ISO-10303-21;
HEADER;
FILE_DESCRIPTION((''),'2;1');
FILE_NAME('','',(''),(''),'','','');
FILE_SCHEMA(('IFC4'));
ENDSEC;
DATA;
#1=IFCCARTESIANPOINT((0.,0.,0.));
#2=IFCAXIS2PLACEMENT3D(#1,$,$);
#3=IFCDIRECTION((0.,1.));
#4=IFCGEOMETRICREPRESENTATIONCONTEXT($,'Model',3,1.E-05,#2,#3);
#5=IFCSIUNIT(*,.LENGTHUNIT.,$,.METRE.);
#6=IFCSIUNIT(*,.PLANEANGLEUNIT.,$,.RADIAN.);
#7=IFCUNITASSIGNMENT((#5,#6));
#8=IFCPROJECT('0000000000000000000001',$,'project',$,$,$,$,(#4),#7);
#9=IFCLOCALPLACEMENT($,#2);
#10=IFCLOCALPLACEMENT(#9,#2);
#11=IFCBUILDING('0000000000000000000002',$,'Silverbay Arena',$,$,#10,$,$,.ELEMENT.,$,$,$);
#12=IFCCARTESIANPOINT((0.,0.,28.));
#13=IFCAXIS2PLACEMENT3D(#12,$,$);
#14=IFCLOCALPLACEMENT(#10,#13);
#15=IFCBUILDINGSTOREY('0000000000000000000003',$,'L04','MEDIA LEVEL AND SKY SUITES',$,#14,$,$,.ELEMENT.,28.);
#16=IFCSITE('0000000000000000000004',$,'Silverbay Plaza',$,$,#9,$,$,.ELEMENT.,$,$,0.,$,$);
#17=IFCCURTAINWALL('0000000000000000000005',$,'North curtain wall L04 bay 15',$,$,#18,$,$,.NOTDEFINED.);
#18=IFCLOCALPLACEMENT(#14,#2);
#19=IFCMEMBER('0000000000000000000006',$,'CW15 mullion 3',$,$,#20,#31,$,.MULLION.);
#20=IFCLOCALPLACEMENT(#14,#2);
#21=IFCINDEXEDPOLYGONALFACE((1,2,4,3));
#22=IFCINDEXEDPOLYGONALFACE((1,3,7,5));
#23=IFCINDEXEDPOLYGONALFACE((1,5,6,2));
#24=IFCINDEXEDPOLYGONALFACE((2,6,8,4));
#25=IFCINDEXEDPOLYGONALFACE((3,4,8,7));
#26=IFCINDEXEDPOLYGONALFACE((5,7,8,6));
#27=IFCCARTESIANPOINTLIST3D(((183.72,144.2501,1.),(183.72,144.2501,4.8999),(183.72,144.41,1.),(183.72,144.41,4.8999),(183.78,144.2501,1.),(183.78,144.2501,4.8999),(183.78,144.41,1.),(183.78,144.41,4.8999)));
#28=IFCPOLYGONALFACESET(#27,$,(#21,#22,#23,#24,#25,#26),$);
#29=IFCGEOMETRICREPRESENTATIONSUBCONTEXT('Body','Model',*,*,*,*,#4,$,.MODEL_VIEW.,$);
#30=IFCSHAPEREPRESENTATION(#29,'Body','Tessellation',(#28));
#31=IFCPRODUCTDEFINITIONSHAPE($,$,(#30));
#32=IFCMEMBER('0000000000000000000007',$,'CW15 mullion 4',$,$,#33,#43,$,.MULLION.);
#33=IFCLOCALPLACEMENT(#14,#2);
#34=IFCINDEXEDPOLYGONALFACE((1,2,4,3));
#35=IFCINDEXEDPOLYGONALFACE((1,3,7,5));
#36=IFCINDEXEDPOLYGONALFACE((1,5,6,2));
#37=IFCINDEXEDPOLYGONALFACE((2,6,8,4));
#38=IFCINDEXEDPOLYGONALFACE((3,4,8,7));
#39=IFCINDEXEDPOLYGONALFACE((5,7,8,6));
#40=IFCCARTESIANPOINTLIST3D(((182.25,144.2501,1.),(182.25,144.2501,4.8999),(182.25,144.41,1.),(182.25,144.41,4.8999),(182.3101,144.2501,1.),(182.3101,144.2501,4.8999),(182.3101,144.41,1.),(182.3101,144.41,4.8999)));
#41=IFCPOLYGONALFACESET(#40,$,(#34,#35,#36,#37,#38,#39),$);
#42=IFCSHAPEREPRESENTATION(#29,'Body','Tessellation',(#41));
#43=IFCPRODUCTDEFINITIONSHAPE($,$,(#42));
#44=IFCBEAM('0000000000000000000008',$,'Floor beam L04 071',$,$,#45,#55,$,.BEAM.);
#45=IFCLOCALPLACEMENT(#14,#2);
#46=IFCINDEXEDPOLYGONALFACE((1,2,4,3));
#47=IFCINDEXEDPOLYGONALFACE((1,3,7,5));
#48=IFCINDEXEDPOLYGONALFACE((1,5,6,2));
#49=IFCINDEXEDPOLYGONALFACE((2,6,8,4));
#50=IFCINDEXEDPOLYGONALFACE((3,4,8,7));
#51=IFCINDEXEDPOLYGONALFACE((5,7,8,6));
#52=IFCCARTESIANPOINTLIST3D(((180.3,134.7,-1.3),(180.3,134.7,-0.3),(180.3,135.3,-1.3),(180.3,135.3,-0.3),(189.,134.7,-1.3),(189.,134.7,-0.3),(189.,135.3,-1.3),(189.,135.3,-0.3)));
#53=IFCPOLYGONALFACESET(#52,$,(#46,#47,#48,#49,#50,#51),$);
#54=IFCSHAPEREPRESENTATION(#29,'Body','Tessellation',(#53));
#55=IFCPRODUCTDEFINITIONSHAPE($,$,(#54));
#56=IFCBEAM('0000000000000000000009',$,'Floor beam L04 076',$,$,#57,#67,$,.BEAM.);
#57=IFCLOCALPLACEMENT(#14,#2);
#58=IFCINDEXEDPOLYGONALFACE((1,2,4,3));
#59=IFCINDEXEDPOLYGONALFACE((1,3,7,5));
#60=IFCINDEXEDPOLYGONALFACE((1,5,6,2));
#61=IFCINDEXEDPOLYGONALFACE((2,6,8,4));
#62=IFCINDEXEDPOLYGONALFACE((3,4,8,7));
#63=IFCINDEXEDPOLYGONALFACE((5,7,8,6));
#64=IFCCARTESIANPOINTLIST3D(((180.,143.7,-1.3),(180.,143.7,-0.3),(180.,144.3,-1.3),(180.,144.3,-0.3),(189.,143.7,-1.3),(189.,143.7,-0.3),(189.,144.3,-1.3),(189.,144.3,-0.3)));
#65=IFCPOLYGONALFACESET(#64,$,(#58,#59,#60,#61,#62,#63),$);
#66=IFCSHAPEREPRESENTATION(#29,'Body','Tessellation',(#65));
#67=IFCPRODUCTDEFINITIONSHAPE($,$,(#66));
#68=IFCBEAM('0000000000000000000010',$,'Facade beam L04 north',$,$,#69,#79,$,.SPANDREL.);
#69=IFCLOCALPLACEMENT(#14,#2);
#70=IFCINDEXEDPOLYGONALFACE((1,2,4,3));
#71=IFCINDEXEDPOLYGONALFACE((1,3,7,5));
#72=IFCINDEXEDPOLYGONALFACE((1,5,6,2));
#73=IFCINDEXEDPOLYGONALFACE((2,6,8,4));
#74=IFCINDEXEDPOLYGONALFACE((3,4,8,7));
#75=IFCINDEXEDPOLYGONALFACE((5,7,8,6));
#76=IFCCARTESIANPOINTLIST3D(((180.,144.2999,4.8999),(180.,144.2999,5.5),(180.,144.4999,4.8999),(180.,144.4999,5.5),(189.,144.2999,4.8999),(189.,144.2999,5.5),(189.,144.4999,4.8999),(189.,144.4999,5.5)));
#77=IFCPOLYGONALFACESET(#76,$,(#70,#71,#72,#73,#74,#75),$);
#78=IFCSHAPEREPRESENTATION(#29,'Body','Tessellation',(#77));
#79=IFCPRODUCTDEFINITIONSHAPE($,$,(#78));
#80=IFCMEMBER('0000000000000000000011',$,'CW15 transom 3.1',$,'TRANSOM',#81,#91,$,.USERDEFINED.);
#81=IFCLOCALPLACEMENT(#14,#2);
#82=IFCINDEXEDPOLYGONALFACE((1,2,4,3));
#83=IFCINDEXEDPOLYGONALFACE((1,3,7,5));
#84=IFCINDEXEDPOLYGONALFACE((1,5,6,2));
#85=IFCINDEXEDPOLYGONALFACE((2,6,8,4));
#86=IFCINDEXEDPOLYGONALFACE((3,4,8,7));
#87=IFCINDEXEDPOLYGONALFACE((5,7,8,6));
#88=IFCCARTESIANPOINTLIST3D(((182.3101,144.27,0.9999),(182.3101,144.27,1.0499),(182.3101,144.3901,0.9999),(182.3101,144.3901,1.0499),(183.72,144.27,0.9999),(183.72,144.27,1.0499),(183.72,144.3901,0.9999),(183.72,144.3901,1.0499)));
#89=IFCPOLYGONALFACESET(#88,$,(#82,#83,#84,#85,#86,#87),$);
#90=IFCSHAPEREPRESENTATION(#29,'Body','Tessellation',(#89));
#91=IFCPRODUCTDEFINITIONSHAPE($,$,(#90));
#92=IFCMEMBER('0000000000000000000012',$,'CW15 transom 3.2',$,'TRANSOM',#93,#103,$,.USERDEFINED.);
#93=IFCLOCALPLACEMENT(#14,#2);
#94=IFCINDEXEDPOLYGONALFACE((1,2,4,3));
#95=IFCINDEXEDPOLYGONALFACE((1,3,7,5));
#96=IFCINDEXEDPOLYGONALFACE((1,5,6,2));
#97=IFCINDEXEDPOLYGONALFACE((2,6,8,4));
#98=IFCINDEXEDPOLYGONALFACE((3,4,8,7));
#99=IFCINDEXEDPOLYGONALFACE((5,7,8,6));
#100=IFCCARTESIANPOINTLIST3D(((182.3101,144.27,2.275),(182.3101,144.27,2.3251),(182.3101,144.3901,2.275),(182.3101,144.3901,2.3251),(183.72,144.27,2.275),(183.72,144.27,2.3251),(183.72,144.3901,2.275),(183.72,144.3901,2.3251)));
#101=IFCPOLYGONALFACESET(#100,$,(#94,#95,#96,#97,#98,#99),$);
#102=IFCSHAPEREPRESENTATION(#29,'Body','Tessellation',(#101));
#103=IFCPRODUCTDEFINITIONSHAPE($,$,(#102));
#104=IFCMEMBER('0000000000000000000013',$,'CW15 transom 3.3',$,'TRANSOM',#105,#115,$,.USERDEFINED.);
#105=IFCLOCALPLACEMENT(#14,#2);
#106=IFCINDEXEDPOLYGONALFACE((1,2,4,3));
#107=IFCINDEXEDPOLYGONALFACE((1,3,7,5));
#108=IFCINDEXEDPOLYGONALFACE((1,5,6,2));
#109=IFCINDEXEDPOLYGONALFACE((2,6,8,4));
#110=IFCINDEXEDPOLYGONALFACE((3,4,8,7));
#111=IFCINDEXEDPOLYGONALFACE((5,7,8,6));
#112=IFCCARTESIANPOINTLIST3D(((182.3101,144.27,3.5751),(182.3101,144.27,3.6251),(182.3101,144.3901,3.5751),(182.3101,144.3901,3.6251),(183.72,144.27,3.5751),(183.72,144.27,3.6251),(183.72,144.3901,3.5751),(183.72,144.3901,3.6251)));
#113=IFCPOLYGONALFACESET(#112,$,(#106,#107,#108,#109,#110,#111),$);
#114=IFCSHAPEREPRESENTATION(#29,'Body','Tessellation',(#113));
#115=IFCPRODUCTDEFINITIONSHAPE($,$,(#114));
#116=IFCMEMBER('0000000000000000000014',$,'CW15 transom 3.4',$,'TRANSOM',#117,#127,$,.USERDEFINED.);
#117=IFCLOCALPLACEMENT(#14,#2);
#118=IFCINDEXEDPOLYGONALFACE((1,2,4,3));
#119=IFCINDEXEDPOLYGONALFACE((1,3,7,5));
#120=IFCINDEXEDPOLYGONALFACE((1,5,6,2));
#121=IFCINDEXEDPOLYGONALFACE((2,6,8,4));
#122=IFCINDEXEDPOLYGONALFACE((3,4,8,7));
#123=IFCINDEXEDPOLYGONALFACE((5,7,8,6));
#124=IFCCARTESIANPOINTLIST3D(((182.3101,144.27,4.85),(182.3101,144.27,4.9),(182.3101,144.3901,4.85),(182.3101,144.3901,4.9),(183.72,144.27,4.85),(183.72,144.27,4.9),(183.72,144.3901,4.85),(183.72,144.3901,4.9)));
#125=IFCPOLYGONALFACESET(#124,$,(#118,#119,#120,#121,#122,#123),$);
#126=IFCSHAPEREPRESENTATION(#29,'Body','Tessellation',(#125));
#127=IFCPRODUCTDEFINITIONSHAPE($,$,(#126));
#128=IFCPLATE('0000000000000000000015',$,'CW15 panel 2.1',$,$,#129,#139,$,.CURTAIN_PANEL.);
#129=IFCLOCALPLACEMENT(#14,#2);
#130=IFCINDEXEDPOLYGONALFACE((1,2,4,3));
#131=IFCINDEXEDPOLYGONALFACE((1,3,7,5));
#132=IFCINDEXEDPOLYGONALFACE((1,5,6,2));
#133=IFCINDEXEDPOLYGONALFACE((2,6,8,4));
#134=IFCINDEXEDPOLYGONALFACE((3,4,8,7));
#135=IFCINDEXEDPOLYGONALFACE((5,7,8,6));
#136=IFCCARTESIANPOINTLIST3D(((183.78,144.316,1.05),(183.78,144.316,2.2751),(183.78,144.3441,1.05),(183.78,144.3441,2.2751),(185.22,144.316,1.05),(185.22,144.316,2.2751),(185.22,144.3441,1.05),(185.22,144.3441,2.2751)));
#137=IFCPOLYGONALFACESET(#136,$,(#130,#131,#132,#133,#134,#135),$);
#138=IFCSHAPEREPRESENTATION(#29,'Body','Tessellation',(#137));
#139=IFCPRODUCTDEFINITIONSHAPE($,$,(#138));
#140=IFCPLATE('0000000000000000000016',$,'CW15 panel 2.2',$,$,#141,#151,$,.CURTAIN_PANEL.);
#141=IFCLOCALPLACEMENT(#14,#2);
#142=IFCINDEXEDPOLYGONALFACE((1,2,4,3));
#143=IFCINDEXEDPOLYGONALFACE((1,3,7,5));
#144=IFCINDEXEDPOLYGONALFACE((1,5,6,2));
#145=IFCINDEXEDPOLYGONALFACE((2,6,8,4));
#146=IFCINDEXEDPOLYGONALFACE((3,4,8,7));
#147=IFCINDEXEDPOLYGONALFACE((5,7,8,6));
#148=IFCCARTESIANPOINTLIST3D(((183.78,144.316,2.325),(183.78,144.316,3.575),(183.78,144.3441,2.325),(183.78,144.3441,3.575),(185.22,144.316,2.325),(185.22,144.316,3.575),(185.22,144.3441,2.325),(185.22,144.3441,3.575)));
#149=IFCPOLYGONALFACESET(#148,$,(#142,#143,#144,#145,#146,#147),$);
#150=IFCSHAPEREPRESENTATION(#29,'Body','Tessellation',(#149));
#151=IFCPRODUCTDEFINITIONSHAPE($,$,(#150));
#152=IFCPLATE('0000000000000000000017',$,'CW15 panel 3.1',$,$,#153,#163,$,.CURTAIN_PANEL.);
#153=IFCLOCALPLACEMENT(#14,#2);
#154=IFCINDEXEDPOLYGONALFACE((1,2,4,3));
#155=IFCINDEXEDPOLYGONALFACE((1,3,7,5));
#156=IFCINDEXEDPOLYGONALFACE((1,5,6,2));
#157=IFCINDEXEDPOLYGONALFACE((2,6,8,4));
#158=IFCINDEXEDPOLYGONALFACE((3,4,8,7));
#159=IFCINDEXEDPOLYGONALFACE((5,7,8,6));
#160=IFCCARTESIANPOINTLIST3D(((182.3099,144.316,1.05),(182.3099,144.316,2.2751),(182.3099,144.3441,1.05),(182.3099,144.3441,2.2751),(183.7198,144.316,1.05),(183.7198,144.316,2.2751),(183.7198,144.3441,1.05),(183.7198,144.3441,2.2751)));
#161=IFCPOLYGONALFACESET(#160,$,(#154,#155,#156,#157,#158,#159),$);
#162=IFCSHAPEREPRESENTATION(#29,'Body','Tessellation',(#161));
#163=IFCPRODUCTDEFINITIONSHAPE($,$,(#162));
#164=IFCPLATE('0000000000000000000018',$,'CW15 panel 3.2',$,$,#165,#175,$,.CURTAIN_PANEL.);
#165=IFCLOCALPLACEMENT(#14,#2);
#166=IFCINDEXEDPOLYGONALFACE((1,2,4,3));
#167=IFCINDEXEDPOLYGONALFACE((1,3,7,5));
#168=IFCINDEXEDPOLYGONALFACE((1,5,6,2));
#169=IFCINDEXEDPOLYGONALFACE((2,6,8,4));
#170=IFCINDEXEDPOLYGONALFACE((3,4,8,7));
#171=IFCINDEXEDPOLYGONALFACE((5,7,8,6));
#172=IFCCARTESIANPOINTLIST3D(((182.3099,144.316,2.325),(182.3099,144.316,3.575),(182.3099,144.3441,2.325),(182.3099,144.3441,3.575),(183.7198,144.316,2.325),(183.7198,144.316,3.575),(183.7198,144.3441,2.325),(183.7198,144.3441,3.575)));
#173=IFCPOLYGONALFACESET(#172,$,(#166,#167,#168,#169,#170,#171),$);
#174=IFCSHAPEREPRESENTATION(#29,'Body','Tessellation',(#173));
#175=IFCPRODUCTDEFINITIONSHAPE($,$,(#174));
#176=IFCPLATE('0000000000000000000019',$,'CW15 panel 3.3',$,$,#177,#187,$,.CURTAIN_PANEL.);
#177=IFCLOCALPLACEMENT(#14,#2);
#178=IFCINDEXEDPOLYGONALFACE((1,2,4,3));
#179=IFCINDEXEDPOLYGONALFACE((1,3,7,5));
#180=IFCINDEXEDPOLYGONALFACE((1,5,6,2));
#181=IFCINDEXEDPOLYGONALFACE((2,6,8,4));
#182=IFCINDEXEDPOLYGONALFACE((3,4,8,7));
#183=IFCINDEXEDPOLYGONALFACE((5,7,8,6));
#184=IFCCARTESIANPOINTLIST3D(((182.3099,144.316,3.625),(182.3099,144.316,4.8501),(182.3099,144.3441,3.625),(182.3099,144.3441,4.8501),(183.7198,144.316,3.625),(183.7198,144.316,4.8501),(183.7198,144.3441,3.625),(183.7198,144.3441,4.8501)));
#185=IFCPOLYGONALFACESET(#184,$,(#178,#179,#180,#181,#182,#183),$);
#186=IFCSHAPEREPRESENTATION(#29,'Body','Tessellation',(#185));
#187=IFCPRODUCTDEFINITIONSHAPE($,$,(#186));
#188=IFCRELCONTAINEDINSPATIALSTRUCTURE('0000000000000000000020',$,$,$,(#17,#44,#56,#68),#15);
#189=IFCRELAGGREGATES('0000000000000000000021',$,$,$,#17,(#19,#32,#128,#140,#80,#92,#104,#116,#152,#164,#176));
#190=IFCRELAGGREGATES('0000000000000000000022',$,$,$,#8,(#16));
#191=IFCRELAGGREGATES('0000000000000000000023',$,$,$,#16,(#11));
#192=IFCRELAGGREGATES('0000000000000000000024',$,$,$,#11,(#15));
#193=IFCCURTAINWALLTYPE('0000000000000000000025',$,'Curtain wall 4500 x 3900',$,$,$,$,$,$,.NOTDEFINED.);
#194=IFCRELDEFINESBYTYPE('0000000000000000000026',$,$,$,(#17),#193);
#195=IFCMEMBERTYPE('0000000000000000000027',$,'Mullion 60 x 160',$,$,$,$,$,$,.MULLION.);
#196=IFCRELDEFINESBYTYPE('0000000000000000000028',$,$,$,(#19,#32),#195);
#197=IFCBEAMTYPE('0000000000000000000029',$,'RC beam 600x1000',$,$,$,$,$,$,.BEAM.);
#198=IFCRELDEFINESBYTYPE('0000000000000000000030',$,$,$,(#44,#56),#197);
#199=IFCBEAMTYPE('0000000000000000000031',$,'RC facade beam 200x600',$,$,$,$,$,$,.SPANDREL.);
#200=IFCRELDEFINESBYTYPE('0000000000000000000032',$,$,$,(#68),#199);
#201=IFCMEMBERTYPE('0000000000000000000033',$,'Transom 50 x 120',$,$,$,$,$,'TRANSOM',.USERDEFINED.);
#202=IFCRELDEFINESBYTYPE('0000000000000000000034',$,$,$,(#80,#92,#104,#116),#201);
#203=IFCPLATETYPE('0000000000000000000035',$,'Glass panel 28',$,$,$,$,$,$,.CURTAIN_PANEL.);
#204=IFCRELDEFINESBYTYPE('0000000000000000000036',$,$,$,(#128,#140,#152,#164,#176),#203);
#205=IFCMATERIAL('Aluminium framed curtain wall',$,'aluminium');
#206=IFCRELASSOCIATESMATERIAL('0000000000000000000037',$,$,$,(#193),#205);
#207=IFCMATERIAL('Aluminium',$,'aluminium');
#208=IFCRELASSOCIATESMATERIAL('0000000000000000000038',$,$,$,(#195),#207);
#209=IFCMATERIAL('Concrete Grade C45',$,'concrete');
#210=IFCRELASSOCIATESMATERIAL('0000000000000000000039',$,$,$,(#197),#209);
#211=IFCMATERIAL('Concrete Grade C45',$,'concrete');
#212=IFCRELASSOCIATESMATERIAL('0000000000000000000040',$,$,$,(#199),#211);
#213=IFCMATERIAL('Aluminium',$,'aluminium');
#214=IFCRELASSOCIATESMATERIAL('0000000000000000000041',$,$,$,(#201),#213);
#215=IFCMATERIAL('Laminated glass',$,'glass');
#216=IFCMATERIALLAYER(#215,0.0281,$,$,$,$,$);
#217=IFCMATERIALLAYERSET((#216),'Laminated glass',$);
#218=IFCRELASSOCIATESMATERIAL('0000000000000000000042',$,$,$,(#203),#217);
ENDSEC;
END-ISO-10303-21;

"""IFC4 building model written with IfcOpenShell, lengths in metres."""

from ifc_helpers import new_model, si_unit, direction, frame, origin, origin_2d, place, context, subcontext, project, spatial, rectangle, extrude, material, layer, layer_set, material_profile, profile_set, type_object, element, aggregate, save


model = new_model("IFC4")

# Units and contexts
model_context = context("Model", 3, precision=1e-05, world=origin(), true_north=direction((0.0, 1.0)))
body_context = subcontext(model_context, "Body", "Model", "MODEL_VIEW")
ifc_project = project(units=[si_unit("LENGTHUNIT", "METRE"), si_unit("PLANEANGLEUNIT", "RADIAN")], contexts=[model_context])

# Site, building, storey
site_placement = place(None, origin())
site = spatial("IfcSite", under=ifc_project, at=site_placement, Name="Silverbay Plaza", CompositionType="ELEMENT", RefElevation=0.0)
building_placement = place(site_placement, origin())
building = spatial("IfcBuilding", under=site, at=building_placement, Name="Silverbay Arena", CompositionType="ELEMENT")
storey_placement = place(building_placement, frame((0.0, 0.0, 28.0)))
storey = spatial("IfcBuildingStorey", under=building, at=storey_placement, Name="L04", Description="MEDIA LEVEL AND SKY SUITES", CompositionType="ELEMENT", Elevation=28.0)

# Curtain wall, members
ifc_material_1 = material(Name="Aluminium framed curtain wall", Category="aluminium")
curtain_wall_type = type_object("IfcCurtainWallType", Name="Curtain wall 4500 x 3900", PredefinedType="NOTDEFINED", material=ifc_material_1)
curtain_wall_placement = place(storey_placement, origin())
curtain_wall = element("IfcCurtainWall", 1, at=curtain_wall_placement, inside=storey, type_object=curtain_wall_type, Name="North curtain wall L04 bay 15", PredefinedType="NOTDEFINED")
ifc_material_2 = material(Name="Aluminium", Category="aluminium")
ifc_material_profile_1 = material_profile(ifc_material_2, rectangle(XDim=0.1599, YDim=0.0601, at=origin_2d()), Name="Mullion 60 x 160")
ifc_profile_set_1 = profile_set([ifc_material_profile_1], Name="Aluminium")
member_type_1 = type_object("IfcMemberType", Name="Mullion 60 x 160", PredefinedType="MULLION", material=ifc_profile_set_1)
member_1_placement = place(storey_placement, frame((183.75, 144.3301, 1.0), z_axis=(0.0, 0.0, 1.0), x_axis=(0.0, -1.0, 0.0)))
member_1 = element("IfcMember", 2, at=member_1_placement, type_object=member_type_1, Name="CW15 mullion 3", PredefinedType="MULLION", context=body_context, shape_type="SweptSolid", body=[
    extrude(rectangle(XDim=0.1599, YDim=0.0601, at=origin_2d()), origin(), (0.0, 0.0, 1.0), 3.8999),
])
member_2_placement = place(storey_placement, frame((182.28, 144.3301, 1.0), z_axis=(0.0, 0.0, 1.0), x_axis=(0.0, -1.0, 0.0)))
member_2 = element("IfcMember", 3, at=member_2_placement, type_object=member_type_1, Name="CW15 mullion 4", PredefinedType="MULLION", context=body_context, shape_type="SweptSolid", body=[
    extrude(rectangle(XDim=0.1599, YDim=0.0601, at=origin_2d()), origin(), (0.0, 0.0, 1.0), 3.8999),
])

# Beams
ifc_material_3 = material(Name="Concrete Grade C45", Category="concrete")
ifc_material_profile_2 = material_profile(ifc_material_3, rectangle(XDim=0.6001, YDim=1.0, at=origin_2d()), Name="RC 600x1000")
ifc_profile_set_2 = profile_set([ifc_material_profile_2], Name="Concrete Grade C45")
beam_type_1 = type_object("IfcBeamType", Name="RC beam 600x1000", PredefinedType="BEAM", material=ifc_profile_set_2)
beam_1_placement = place(storey_placement, frame((180.3, 135.0, -0.8), z_axis=(1.0, 0.0, 0.0), x_axis=(0.0, 1.0, 0.0)))
element("IfcBeam", 4, at=beam_1_placement, inside=storey, type_object=beam_type_1, Name="Floor beam L04 071", PredefinedType="BEAM", context=body_context, shape_type="SweptSolid", body=[
    extrude(rectangle(XDim=0.6001, YDim=1.0, at=origin_2d()), origin(), (0.0, 0.0, 1.0), 8.7),
])
beam_2_placement = place(storey_placement, frame((180.0, 144.0, -0.8), z_axis=(1.0, 0.0, 0.0), x_axis=(0.0, 1.0, 0.0)))
element("IfcBeam", 5, at=beam_2_placement, inside=storey, type_object=beam_type_1, Name="Floor beam L04 076", PredefinedType="BEAM", context=body_context, shape_type="SweptSolid", body=[
    extrude(rectangle(XDim=0.6001, YDim=1.0, at=origin_2d()), origin(), (0.0, 0.0, 1.0), 9.0),
])
ifc_material_4 = material(Name="Concrete Grade C45", Category="concrete")
ifc_material_profile_3 = material_profile(ifc_material_4, rectangle(XDim=0.2, YDim=0.6001, at=origin_2d()), Name="RC 200x600")
ifc_profile_set_3 = profile_set([ifc_material_profile_3], Name="Concrete Grade C45")
beam_type_2 = type_object("IfcBeamType", Name="RC facade beam 200x600", PredefinedType="SPANDREL", material=ifc_profile_set_3)
beam_3_placement = place(storey_placement, frame((180.0, 144.3999, 5.2), z_axis=(1.0, 0.0, 0.0), x_axis=(0.0, 1.0, 0.0)))
element("IfcBeam", 6, at=beam_3_placement, inside=storey, type_object=beam_type_2, Name="Facade beam L04 north", PredefinedType="SPANDREL", context=body_context, shape_type="SweptSolid", body=[
    extrude(rectangle(XDim=0.2, YDim=0.6001, at=origin_2d()), origin(), (0.0, 0.0, 1.0), 9.0),
])

# Members
ifc_material_5 = material(Name="Aluminium", Category="aluminium")
ifc_material_profile_4 = material_profile(ifc_material_5, rectangle(XDim=0.1201, YDim=0.05, at=origin_2d()), Name="Transom 50 x 120")
ifc_profile_set_4 = profile_set([ifc_material_profile_4], Name="Aluminium")
member_type_2 = type_object("IfcMemberType", Name="Transom 50 x 120", ElementType="TRANSOM", PredefinedType="USERDEFINED", material=ifc_profile_set_4)
member_3_placement = place(storey_placement, frame((183.72, 144.3301, 1.0249), z_axis=(-1.0, 0.0, 0.0), x_axis=(0.0, -1.0, 0.0)))
member_3 = element("IfcMember", 7, at=member_3_placement, type_object=member_type_2, Name="CW15 transom 3.1", ObjectType="TRANSOM", PredefinedType="USERDEFINED", context=body_context, shape_type="SweptSolid", body=[
    extrude(rectangle(XDim=0.1201, YDim=0.05, at=origin_2d()), origin(), (0.0, 0.0, 1.0), 1.4099),
])
member_4_placement = place(storey_placement, frame((183.72, 144.3301, 2.3), z_axis=(-1.0, 0.0, 0.0), x_axis=(0.0, -1.0, 0.0)))
member_4 = element("IfcMember", 8, at=member_4_placement, type_object=member_type_2, Name="CW15 transom 3.2", ObjectType="TRANSOM", PredefinedType="USERDEFINED", context=body_context, shape_type="SweptSolid", body=[
    extrude(rectangle(XDim=0.1201, YDim=0.05, at=origin_2d()), origin(), (0.0, 0.0, 1.0), 1.4099),
])
member_5_placement = place(storey_placement, frame((183.72, 144.3301, 3.6001), z_axis=(-1.0, 0.0, 0.0), x_axis=(0.0, -1.0, 0.0)))
member_5 = element("IfcMember", 9, at=member_5_placement, type_object=member_type_2, Name="CW15 transom 3.3", ObjectType="TRANSOM", PredefinedType="USERDEFINED", context=body_context, shape_type="SweptSolid", body=[
    extrude(rectangle(XDim=0.1201, YDim=0.05, at=origin_2d()), origin(), (0.0, 0.0, 1.0), 1.4099),
])
member_6_placement = place(storey_placement, frame((183.72, 144.3301, 4.875), z_axis=(-1.0, 0.0, 0.0), x_axis=(0.0, -1.0, 0.0)))
member_6 = element("IfcMember", 10, at=member_6_placement, type_object=member_type_2, Name="CW15 transom 3.4", ObjectType="TRANSOM", PredefinedType="USERDEFINED", context=body_context, shape_type="SweptSolid", body=[
    extrude(rectangle(XDim=0.1201, YDim=0.05, at=origin_2d()), origin(), (0.0, 0.0, 1.0), 1.4099),
])

# Plates
ifc_material_6 = material(Name="Laminated glass", Category="glass")
ifc_layer_1 = layer(ifc_material_6, 0.0281)
ifc_layer_set_1 = layer_set([ifc_layer_1], Name="Laminated glass")
plate_type = type_object("IfcPlateType", Name="Glass panel 28", PredefinedType="CURTAIN_PANEL", material=ifc_layer_set_1)
plate_1_placement = place(storey_placement, frame((184.5, 144.3301, 1.05), z_axis=(0.0, 0.0, 1.0), x_axis=(-1.0, 0.0, 0.0)))
plate_1 = element("IfcPlate", 11, at=plate_1_placement, type_object=plate_type, Name="CW15 panel 2.1", PredefinedType="CURTAIN_PANEL", context=body_context, shape_type="SweptSolid", body=[
    extrude(rectangle(XDim=1.4399, YDim=0.0281, at=origin_2d()), origin(), (0.0, 0.0, 1.0), 1.2251),
])
plate_2_placement = place(storey_placement, frame((184.5, 144.3301, 2.325), z_axis=(0.0, 0.0, 1.0), x_axis=(-1.0, 0.0, 0.0)))
plate_2 = element("IfcPlate", 12, at=plate_2_placement, type_object=plate_type, Name="CW15 panel 2.2", PredefinedType="CURTAIN_PANEL", context=body_context, shape_type="SweptSolid", body=[
    extrude(rectangle(XDim=1.4399, YDim=0.0281, at=origin_2d()), origin(), (0.0, 0.0, 1.0), 1.25),
])
plate_3_placement = place(storey_placement, frame((183.0149, 144.3301, 1.05), z_axis=(0.0, 0.0, 1.0), x_axis=(-1.0, 0.0, 0.0)))
plate_3 = element("IfcPlate", 13, at=plate_3_placement, type_object=plate_type, Name="CW15 panel 3.1", PredefinedType="CURTAIN_PANEL", context=body_context, shape_type="SweptSolid", body=[
    extrude(rectangle(XDim=1.4099, YDim=0.0281, at=origin_2d()), origin(), (0.0, 0.0, 1.0), 1.2251),
])
plate_4_placement = place(storey_placement, frame((183.0149, 144.3301, 2.325), z_axis=(0.0, 0.0, 1.0), x_axis=(-1.0, 0.0, 0.0)))
plate_4 = element("IfcPlate", 14, at=plate_4_placement, type_object=plate_type, Name="CW15 panel 3.2", PredefinedType="CURTAIN_PANEL", context=body_context, shape_type="SweptSolid", body=[
    extrude(rectangle(XDim=1.4099, YDim=0.0281, at=origin_2d()), origin(), (0.0, 0.0, 1.0), 1.25),
])
plate_5_placement = place(storey_placement, frame((183.0149, 144.3301, 3.625), z_axis=(0.0, 0.0, 1.0), x_axis=(-1.0, 0.0, 0.0)))
plate_5 = element("IfcPlate", 15, at=plate_5_placement, type_object=plate_type, Name="CW15 panel 3.3", PredefinedType="CURTAIN_PANEL", context=body_context, shape_type="SweptSolid", body=[
    extrude(rectangle(XDim=1.4099, YDim=0.0281, at=origin_2d()), origin(), (0.0, 0.0, 1.0), 1.2251),
])
aggregate(curtain_wall, [member_1, member_2, plate_1, plate_2, member_3, member_4, member_5, member_6, plate_3, plate_4, plate_5])

save(model, "model.ifc")
